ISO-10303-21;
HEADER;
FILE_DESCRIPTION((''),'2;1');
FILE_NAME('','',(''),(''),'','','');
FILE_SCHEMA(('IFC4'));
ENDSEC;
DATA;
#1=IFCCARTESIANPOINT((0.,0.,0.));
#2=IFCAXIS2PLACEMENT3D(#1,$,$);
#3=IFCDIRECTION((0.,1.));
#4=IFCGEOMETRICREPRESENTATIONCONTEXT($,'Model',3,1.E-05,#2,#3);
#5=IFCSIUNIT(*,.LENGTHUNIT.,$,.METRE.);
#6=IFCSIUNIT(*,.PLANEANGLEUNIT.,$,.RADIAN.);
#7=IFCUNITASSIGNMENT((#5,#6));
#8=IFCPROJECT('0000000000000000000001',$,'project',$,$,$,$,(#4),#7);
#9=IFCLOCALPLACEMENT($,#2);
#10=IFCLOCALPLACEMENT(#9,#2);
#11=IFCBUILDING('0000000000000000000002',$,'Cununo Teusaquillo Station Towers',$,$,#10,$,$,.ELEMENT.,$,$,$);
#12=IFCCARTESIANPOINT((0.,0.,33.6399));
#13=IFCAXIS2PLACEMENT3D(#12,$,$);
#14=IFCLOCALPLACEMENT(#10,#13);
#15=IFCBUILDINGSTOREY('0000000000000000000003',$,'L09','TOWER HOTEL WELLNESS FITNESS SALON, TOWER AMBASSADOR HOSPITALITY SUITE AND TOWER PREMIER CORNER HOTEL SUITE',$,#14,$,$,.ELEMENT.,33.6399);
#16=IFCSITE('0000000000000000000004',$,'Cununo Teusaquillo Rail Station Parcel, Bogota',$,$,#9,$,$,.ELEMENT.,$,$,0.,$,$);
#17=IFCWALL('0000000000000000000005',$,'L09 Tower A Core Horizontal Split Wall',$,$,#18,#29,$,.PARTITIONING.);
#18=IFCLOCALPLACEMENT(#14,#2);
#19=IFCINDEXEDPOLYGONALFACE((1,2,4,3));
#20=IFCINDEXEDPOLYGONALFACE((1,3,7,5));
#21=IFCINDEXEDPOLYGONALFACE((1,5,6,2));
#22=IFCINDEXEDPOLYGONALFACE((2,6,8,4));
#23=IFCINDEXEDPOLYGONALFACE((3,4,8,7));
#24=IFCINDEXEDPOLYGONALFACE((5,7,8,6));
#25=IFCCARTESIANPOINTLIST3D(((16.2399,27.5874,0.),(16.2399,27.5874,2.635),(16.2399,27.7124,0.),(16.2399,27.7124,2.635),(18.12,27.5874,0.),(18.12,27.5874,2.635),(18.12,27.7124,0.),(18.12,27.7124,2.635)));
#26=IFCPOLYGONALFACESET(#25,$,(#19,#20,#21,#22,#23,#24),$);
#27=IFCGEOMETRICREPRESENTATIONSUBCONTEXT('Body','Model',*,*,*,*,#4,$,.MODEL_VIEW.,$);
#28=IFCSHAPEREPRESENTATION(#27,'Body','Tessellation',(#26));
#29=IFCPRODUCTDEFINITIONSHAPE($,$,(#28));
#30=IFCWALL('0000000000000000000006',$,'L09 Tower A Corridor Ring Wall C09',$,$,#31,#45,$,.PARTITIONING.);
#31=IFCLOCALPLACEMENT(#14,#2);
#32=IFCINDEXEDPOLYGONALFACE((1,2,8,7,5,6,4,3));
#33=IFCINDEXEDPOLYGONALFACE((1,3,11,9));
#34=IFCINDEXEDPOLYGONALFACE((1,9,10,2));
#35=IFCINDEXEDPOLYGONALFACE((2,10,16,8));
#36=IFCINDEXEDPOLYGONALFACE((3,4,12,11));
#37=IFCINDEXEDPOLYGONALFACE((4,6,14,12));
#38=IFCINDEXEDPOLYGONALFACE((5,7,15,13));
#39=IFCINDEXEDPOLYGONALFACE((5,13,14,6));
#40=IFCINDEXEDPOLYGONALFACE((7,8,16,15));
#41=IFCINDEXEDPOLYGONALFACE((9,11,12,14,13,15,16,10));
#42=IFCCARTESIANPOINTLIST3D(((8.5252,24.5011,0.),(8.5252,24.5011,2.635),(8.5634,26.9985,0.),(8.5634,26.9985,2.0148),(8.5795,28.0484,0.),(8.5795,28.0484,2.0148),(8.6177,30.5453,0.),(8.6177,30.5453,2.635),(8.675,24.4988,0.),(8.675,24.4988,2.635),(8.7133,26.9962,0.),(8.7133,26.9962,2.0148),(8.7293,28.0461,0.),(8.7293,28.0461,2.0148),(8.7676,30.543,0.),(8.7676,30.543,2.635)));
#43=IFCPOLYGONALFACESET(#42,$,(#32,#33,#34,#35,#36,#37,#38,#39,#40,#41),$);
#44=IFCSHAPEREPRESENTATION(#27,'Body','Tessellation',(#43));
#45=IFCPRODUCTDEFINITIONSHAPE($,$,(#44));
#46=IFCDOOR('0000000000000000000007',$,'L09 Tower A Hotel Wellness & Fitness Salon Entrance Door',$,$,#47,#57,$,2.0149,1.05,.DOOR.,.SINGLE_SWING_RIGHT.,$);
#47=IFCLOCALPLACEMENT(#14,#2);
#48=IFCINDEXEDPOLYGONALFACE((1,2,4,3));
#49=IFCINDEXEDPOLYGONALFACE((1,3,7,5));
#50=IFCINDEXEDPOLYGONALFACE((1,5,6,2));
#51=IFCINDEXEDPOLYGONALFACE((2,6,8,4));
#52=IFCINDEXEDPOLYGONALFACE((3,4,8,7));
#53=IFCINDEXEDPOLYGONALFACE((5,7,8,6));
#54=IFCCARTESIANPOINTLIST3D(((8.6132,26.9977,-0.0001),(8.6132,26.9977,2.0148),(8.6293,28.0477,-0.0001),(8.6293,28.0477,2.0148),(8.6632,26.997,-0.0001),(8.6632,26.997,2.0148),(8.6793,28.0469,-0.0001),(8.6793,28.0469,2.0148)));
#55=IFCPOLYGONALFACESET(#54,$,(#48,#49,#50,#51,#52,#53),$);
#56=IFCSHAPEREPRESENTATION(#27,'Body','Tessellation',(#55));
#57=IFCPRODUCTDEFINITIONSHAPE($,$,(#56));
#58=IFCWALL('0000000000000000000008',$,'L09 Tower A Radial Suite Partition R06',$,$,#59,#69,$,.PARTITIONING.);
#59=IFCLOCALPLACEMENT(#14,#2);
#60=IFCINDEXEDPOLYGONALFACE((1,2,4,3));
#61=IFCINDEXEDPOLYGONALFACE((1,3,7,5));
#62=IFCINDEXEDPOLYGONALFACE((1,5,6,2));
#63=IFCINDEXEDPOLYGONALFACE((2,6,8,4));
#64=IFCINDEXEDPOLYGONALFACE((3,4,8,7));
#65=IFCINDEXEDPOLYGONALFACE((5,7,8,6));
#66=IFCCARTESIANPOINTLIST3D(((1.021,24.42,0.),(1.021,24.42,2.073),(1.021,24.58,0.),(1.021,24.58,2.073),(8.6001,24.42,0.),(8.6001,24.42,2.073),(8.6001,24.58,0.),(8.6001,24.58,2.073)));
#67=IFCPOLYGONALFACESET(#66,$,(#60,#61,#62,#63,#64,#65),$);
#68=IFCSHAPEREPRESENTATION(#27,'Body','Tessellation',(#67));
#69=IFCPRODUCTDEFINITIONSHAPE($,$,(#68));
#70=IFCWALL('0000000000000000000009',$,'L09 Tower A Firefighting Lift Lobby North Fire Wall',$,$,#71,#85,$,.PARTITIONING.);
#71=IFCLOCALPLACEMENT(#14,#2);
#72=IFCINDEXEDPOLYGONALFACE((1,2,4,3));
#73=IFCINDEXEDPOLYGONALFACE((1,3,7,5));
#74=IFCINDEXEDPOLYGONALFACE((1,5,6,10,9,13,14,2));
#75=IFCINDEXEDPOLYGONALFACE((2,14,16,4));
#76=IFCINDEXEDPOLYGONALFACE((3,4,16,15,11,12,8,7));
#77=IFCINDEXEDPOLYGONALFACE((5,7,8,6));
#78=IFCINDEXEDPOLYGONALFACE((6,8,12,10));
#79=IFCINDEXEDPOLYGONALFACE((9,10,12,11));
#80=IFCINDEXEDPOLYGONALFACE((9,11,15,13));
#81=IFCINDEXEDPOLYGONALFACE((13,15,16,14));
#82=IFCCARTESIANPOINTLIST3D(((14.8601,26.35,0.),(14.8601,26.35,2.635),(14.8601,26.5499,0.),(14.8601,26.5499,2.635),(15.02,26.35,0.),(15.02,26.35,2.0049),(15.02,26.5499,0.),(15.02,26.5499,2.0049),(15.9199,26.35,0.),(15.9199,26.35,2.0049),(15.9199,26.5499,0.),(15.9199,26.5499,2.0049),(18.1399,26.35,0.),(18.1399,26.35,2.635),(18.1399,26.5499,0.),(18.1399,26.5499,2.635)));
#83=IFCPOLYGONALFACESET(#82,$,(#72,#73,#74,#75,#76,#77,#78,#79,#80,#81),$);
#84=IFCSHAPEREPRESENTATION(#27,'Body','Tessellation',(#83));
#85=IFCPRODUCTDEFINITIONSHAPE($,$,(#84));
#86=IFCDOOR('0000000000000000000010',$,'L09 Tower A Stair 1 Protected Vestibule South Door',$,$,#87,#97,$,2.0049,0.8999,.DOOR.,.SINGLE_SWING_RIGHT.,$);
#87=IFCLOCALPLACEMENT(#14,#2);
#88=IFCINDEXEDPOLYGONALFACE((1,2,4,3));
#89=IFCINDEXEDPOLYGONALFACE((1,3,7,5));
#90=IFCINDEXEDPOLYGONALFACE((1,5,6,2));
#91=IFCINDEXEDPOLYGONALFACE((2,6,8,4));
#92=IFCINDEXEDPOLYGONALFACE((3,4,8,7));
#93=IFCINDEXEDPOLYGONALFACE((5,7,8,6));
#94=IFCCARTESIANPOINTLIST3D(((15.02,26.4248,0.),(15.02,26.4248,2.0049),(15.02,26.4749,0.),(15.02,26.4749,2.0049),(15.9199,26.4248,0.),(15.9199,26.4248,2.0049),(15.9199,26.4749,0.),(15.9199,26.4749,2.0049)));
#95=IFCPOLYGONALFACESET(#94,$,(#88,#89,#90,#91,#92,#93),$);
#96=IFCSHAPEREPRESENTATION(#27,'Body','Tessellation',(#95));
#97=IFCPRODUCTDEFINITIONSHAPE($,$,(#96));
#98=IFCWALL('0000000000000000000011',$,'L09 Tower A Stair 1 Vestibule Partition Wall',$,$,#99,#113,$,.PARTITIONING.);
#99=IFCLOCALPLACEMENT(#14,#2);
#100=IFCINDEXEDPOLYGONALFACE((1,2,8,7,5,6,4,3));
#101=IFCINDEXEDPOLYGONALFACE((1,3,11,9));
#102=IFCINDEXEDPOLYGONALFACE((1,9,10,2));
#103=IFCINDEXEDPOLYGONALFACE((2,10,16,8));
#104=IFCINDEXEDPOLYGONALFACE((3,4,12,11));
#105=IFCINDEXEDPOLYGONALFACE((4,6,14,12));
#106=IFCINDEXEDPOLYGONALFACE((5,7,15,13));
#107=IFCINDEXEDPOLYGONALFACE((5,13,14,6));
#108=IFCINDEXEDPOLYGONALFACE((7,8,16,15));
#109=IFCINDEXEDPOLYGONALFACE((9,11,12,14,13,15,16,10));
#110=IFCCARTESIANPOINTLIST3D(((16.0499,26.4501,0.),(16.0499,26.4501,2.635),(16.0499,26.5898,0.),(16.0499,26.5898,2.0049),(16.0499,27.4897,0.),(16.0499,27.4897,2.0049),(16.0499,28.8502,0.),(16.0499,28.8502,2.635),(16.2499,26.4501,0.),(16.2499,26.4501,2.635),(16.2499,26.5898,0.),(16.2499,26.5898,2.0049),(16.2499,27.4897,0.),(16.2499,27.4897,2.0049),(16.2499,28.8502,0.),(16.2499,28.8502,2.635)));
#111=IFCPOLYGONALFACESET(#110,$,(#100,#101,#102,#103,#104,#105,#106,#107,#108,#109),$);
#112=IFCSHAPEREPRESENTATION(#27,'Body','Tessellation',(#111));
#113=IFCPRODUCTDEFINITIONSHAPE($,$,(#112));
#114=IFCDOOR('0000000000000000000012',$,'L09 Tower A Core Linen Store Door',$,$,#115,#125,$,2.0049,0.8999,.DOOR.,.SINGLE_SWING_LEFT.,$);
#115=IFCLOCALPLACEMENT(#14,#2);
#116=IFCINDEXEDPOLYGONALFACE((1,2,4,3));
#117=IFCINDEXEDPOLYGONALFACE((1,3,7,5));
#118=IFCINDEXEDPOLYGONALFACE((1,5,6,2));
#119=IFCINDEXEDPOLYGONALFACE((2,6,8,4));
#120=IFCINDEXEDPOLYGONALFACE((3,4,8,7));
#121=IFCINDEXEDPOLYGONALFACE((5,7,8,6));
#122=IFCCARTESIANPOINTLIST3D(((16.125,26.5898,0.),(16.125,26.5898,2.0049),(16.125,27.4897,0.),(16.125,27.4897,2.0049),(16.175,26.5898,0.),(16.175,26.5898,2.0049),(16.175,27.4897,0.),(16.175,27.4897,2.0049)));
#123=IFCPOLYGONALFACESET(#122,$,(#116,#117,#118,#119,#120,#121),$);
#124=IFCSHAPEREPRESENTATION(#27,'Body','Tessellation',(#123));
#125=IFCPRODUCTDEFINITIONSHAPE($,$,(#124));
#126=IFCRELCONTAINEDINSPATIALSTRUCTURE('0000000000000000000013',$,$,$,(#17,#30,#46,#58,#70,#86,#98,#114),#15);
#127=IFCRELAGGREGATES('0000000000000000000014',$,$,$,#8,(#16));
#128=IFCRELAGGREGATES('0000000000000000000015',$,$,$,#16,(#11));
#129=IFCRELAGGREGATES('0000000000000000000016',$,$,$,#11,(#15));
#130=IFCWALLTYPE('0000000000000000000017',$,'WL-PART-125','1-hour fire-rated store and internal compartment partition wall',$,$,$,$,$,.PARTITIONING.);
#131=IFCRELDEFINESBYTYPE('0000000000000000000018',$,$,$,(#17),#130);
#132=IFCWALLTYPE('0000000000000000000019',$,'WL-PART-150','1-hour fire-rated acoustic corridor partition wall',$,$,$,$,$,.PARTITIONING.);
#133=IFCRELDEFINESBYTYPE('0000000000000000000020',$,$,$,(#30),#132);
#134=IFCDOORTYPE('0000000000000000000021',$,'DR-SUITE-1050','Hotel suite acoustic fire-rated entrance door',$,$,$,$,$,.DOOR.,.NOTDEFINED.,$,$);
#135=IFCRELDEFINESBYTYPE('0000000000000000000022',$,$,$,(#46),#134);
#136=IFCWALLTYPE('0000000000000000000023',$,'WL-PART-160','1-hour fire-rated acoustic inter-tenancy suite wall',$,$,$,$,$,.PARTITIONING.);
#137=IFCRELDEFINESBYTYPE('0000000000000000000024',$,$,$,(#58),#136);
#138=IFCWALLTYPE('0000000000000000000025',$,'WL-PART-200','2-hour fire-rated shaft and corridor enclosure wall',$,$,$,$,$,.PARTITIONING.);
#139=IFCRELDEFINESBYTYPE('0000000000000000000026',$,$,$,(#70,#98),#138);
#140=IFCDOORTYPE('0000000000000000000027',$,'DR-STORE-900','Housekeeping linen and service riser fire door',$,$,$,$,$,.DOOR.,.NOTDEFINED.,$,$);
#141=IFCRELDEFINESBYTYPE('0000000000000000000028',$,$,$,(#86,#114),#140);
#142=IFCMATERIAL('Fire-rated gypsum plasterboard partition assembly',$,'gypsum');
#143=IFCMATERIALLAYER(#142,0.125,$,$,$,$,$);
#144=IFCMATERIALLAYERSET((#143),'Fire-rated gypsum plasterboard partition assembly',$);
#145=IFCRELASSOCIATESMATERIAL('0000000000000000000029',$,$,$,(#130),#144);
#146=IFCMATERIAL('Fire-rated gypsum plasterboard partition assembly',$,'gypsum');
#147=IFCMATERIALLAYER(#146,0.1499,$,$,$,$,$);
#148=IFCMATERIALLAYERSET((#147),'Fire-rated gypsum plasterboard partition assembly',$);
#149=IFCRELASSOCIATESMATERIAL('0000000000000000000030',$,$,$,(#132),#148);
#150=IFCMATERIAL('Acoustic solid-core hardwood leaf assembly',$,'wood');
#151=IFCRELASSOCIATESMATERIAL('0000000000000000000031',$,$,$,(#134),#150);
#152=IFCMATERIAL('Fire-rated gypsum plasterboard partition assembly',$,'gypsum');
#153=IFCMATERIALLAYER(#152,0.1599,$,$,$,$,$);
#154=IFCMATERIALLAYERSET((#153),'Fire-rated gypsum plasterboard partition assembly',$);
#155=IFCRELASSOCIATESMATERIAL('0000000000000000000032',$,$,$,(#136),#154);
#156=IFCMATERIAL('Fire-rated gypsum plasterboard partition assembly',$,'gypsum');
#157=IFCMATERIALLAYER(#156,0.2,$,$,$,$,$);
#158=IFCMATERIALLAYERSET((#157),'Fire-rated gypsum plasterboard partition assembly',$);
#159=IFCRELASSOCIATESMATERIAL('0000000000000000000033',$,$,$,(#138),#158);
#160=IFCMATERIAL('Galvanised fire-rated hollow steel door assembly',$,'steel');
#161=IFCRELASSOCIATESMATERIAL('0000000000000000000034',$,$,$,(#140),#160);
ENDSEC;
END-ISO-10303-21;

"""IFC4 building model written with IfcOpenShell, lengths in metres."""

from ifc_helpers import new_model, si_unit, direction, frame, frame_2d, origin, place, context, subcontext, project, spatial, rectangle, extrude, source, transform, mapped, material, layer, layer_set, type_object, element, fill, save


model = new_model("IFC4")

# Units and contexts
model_context = context("Model", 3, precision=1e-05, world=origin(), true_north=direction((0.0, 1.0)))
body_context = subcontext(model_context, "Body", "Model", "MODEL_VIEW")
ifc_project = project(units=[si_unit("LENGTHUNIT", "METRE"), si_unit("PLANEANGLEUNIT", "RADIAN")], contexts=[model_context])

# Site, building, storey
site_placement = place(None, origin())
site = spatial("IfcSite", under=ifc_project, at=site_placement, Name="Cununo Teusaquillo Rail Station Parcel, Bogota", CompositionType="ELEMENT", RefElevation=0.0)
building_placement = place(site_placement, origin())
building = spatial("IfcBuilding", under=site, at=building_placement, Name="Cununo Teusaquillo Station Towers", CompositionType="ELEMENT")
storey_placement = place(building_placement, frame((0.0, 0.0, 33.6399)))
storey = spatial("IfcBuildingStorey", under=building, at=storey_placement, Name="L09", Description="TOWER HOTEL WELLNESS FITNESS SALON, TOWER AMBASSADOR HOSPITALITY SUITE AND TOWER PREMIER CORNER HOTEL SUITE", CompositionType="ELEMENT", Elevation=33.6399)

# Wall
ifc_material_1 = material(Name="Fire-rated gypsum plasterboard partition assembly", Category="gypsum")
ifc_layer_1 = layer(ifc_material_1, 0.125)
ifc_layer_set_1 = layer_set([ifc_layer_1], Name="Fire-rated gypsum plasterboard partition assembly")
wall_type_1 = type_object("IfcWallType", Name="WL-PART-125", Description="1-hour fire-rated store and internal compartment partition wall", PredefinedType="PARTITIONING", material=ifc_layer_set_1)
wall_1_placement = place(storey_placement, frame((16.24, 27.6499, 0.0), z_axis=(0.0, 0.0, 1.0), x_axis=(1.0, 0.0, 0.0)))
element("IfcWall", 1, at=wall_1_placement, inside=storey, type_object=wall_type_1, Name="L09 Tower A Core Horizontal Split Wall", PredefinedType="PARTITIONING", context=body_context, shape_type="SweptSolid", body=[
    extrude(rectangle(XDim=1.8801, YDim=0.125, at=frame_2d((0.9399, 0.0))), origin(), (0.0, 0.0, 1.0), 2.635),
])

# Wall, opening, door
ifc_material_2 = material(Name="Fire-rated gypsum plasterboard partition assembly", Category="gypsum")
ifc_layer_2 = layer(ifc_material_2, 0.1499)
ifc_layer_set_2 = layer_set([ifc_layer_2], Name="Fire-rated gypsum plasterboard partition assembly")
wall_type_2 = type_object("IfcWallType", Name="WL-PART-150", Description="1-hour fire-rated acoustic corridor partition wall", PredefinedType="PARTITIONING", material=ifc_layer_set_2)
wall_2_placement = place(storey_placement, frame((8.6926, 30.5442, 0.0), z_axis=(0.0, 0.0, 1.0), x_axis=(-0.015307, -0.999883, 0.0)))
wall_2 = element("IfcWall", 2, at=wall_2_placement, inside=storey, type_object=wall_type_2, Name="L09 Tower A Corridor Ring Wall C09", PredefinedType="PARTITIONING", context=body_context, shape_type="SweptSolid", body=[
    extrude(rectangle(XDim=6.0449, YDim=0.1499, at=frame_2d((3.0225, 0.0))), origin(), (0.0, 0.0, 1.0), 2.635),
])
shared_shape_1 = source(origin(), body_context, "Body", "SweptSolid", [
    extrude(rectangle(XDim=1.05, YDim=2.0149, at=frame_2d((0.5249, 1.0073))), frame((0.0, 0.085, 0.0), z_axis=(0.0, -1.0, 0.0), x_axis=(1.0, 0.0, 0.0)), (0.0, 0.0, 1.0), 0.1699),
])
opening_1_placement = place(wall_2_placement, frame((2.4973, 0.0, 0.0)))
opening_1 = element("IfcOpeningElement", 3, at=opening_1_placement, cuts=wall_2, PredefinedType="OPENING", context=body_context, shape_type="MappedRepresentation", body=[
    mapped(shared_shape_1, transform((0.0, 0.0, 0.0), x_axis=(1.0, 0.0, 0.0), y_axis=(0.0, 1.0, 0.0), z_axis=(0.0, 0.0, 1.0), scale=1.0)),
])
ifc_material_3 = material(Name="Acoustic solid-core hardwood leaf assembly", Category="wood")
door_type_1 = type_object("IfcDoorType", Name="DR-SUITE-1050", Description="Hotel suite acoustic fire-rated entrance door", OperationType="NOTDEFINED", PredefinedType="DOOR", material=ifc_material_3)
shared_shape_2 = source(origin(), body_context, "Body", "SweptSolid", [
    extrude(rectangle(XDim=1.05, YDim=2.0149, at=frame_2d((0.5249, 1.0073))), frame((0.0, 0.0249, 0.0), z_axis=(0.0, -1.0, 0.0), x_axis=(1.0, 0.0, 0.0)), (0.0, 0.0, 1.0), 0.05),
])
door_1_placement = place(opening_1_placement, origin())
door_1 = element("IfcDoor", 4, at=door_1_placement, inside=storey, type_object=door_type_1, Name="L09 Tower A Hotel Wellness & Fitness Salon Entrance Door", OperationType="SINGLE_SWING_RIGHT", OverallHeight=2.0149, OverallWidth=1.05, PredefinedType="DOOR", context=body_context, shape_type="MappedRepresentation", body=[
    mapped(shared_shape_2, transform((0.0, 0.0, 0.0), x_axis=(1.0, 0.0, 0.0), y_axis=(0.0, 1.0, 0.0), z_axis=(0.0, 0.0, 1.0), scale=1.0)),
])
fill(opening_1, door_1)

# Wall
ifc_material_4 = material(Name="Fire-rated gypsum plasterboard partition assembly", Category="gypsum")
ifc_layer_3 = layer(ifc_material_4, 0.1599)
ifc_layer_set_3 = layer_set([ifc_layer_3], Name="Fire-rated gypsum plasterboard partition assembly")
wall_type_3 = type_object("IfcWallType", Name="WL-PART-160", Description="1-hour fire-rated acoustic inter-tenancy suite wall", PredefinedType="PARTITIONING", material=ifc_layer_set_3)
wall_3_placement = place(storey_placement, frame((8.6001, 24.5, 0.0), z_axis=(0.0, 0.0, 1.0), x_axis=(-1.0, 0.0, 0.0)))
element("IfcWall", 5, at=wall_3_placement, inside=storey, type_object=wall_type_3, Name="L09 Tower A Radial Suite Partition R06", PredefinedType="PARTITIONING", context=body_context, shape_type="SweptSolid", body=[
    extrude(rectangle(XDim=7.5791, YDim=0.1599, at=frame_2d((3.7896, 0.0))), origin(), (0.0, 0.0, 1.0), 2.073),
])

# Walls, openings, doors
ifc_material_5 = material(Name="Fire-rated gypsum plasterboard partition assembly", Category="gypsum")
ifc_layer_4 = layer(ifc_material_5, 0.2)
ifc_layer_set_4 = layer_set([ifc_layer_4], Name="Fire-rated gypsum plasterboard partition assembly")
wall_type_4 = type_object("IfcWallType", Name="WL-PART-200", Description="2-hour fire-rated shaft and corridor enclosure wall", PredefinedType="PARTITIONING", material=ifc_layer_set_4)
wall_4_placement = place(storey_placement, frame((14.8601, 26.45, 0.0), z_axis=(0.0, 0.0, 1.0), x_axis=(1.0, 0.0, 0.0)))
wall_4 = element("IfcWall", 6, at=wall_4_placement, inside=storey, type_object=wall_type_4, Name="L09 Tower A Firefighting Lift Lobby North Fire Wall", PredefinedType="PARTITIONING", context=body_context, shape_type="SweptSolid", body=[
    extrude(rectangle(XDim=3.2798, YDim=0.2, at=frame_2d((1.6399, 0.0))), origin(), (0.0, 0.0, 1.0), 2.635),
])
shared_shape_3 = source(origin(), body_context, "Body", "SweptSolid", [
    extrude(rectangle(XDim=0.8999, YDim=2.0049, at=frame_2d((0.45, 1.0024))), frame((0.0, 0.1099, 0.0), z_axis=(0.0, -1.0, 0.0), x_axis=(1.0, 0.0, 0.0)), (0.0, 0.0, 1.0), 0.22),
])
opening_2_placement = place(wall_4_placement, frame((0.1599, 0.0, 0.0)))
opening_2 = element("IfcOpeningElement", 7, at=opening_2_placement, cuts=wall_4, PredefinedType="OPENING", context=body_context, shape_type="MappedRepresentation", body=[
    mapped(shared_shape_3, transform((0.0, 0.0, 0.0), x_axis=(1.0, 0.0, 0.0), y_axis=(0.0, 1.0, 0.0), z_axis=(0.0, 0.0, 1.0), scale=1.0)),
])
ifc_material_6 = material(Name="Galvanised fire-rated hollow steel door assembly", Category="steel")
door_type_2 = type_object("IfcDoorType", Name="DR-STORE-900", Description="Housekeeping linen and service riser fire door", OperationType="NOTDEFINED", PredefinedType="DOOR", material=ifc_material_6)
shared_shape_4 = source(origin(), body_context, "Body", "SweptSolid", [
    extrude(rectangle(XDim=0.8999, YDim=2.0049, at=frame_2d((0.45, 1.0024))), frame((0.0, 0.0249, 0.0), z_axis=(0.0, -1.0, 0.0), x_axis=(1.0, 0.0, 0.0)), (0.0, 0.0, 1.0), 0.05),
])
door_2_placement = place(opening_2_placement, origin())
door_2 = element("IfcDoor", 8, at=door_2_placement, inside=storey, type_object=door_type_2, Name="L09 Tower A Stair 1 Protected Vestibule South Door", OperationType="SINGLE_SWING_RIGHT", OverallHeight=2.0049, OverallWidth=0.8999, PredefinedType="DOOR", context=body_context, shape_type="MappedRepresentation", body=[
    mapped(shared_shape_4, transform((0.0, 0.0, 0.0), x_axis=(1.0, 0.0, 0.0), y_axis=(0.0, 1.0, 0.0), z_axis=(0.0, 0.0, 1.0), scale=1.0)),
])
fill(opening_2, door_2)
wall_5_placement = place(storey_placement, frame((16.1499, 26.45, 0.0), z_axis=(0.0, 0.0, 1.0), x_axis=(0.0, 1.0, 0.0)))
wall_5 = element("IfcWall", 9, at=wall_5_placement, inside=storey, type_object=wall_type_4, Name="L09 Tower A Stair 1 Vestibule Partition Wall", PredefinedType="PARTITIONING", context=body_context, shape_type="SweptSolid", body=[
    extrude(rectangle(XDim=2.4001, YDim=0.2, at=frame_2d((1.2002, 0.0))), origin(), (0.0, 0.0, 1.0), 2.635),
])
opening_3_placement = place(wall_5_placement, frame((0.1399, 0.0, 0.0)))
opening_3 = element("IfcOpeningElement", 10, at=opening_3_placement, cuts=wall_5, PredefinedType="OPENING", context=body_context, shape_type="MappedRepresentation", body=[
    mapped(shared_shape_3, transform((0.0, 0.0, 0.0), x_axis=(1.0, 0.0, 0.0), y_axis=(0.0, 1.0, 0.0), z_axis=(0.0, 0.0, 1.0), scale=1.0)),
])
door_3_placement = place(opening_3_placement, origin())
door_3 = element("IfcDoor", 11, at=door_3_placement, inside=storey, type_object=door_type_2, Name="L09 Tower A Core Linen Store Door", OperationType="SINGLE_SWING_LEFT", OverallHeight=2.0049, OverallWidth=0.8999, PredefinedType="DOOR", context=body_context, shape_type="MappedRepresentation", body=[
    mapped(shared_shape_4, transform((0.0, 0.0, 0.0), x_axis=(1.0, 0.0, 0.0), y_axis=(0.0, 1.0, 0.0), z_axis=(0.0, 0.0, 1.0), scale=1.0)),
])
fill(opening_3, door_3)

save(model, "model.ifc")
